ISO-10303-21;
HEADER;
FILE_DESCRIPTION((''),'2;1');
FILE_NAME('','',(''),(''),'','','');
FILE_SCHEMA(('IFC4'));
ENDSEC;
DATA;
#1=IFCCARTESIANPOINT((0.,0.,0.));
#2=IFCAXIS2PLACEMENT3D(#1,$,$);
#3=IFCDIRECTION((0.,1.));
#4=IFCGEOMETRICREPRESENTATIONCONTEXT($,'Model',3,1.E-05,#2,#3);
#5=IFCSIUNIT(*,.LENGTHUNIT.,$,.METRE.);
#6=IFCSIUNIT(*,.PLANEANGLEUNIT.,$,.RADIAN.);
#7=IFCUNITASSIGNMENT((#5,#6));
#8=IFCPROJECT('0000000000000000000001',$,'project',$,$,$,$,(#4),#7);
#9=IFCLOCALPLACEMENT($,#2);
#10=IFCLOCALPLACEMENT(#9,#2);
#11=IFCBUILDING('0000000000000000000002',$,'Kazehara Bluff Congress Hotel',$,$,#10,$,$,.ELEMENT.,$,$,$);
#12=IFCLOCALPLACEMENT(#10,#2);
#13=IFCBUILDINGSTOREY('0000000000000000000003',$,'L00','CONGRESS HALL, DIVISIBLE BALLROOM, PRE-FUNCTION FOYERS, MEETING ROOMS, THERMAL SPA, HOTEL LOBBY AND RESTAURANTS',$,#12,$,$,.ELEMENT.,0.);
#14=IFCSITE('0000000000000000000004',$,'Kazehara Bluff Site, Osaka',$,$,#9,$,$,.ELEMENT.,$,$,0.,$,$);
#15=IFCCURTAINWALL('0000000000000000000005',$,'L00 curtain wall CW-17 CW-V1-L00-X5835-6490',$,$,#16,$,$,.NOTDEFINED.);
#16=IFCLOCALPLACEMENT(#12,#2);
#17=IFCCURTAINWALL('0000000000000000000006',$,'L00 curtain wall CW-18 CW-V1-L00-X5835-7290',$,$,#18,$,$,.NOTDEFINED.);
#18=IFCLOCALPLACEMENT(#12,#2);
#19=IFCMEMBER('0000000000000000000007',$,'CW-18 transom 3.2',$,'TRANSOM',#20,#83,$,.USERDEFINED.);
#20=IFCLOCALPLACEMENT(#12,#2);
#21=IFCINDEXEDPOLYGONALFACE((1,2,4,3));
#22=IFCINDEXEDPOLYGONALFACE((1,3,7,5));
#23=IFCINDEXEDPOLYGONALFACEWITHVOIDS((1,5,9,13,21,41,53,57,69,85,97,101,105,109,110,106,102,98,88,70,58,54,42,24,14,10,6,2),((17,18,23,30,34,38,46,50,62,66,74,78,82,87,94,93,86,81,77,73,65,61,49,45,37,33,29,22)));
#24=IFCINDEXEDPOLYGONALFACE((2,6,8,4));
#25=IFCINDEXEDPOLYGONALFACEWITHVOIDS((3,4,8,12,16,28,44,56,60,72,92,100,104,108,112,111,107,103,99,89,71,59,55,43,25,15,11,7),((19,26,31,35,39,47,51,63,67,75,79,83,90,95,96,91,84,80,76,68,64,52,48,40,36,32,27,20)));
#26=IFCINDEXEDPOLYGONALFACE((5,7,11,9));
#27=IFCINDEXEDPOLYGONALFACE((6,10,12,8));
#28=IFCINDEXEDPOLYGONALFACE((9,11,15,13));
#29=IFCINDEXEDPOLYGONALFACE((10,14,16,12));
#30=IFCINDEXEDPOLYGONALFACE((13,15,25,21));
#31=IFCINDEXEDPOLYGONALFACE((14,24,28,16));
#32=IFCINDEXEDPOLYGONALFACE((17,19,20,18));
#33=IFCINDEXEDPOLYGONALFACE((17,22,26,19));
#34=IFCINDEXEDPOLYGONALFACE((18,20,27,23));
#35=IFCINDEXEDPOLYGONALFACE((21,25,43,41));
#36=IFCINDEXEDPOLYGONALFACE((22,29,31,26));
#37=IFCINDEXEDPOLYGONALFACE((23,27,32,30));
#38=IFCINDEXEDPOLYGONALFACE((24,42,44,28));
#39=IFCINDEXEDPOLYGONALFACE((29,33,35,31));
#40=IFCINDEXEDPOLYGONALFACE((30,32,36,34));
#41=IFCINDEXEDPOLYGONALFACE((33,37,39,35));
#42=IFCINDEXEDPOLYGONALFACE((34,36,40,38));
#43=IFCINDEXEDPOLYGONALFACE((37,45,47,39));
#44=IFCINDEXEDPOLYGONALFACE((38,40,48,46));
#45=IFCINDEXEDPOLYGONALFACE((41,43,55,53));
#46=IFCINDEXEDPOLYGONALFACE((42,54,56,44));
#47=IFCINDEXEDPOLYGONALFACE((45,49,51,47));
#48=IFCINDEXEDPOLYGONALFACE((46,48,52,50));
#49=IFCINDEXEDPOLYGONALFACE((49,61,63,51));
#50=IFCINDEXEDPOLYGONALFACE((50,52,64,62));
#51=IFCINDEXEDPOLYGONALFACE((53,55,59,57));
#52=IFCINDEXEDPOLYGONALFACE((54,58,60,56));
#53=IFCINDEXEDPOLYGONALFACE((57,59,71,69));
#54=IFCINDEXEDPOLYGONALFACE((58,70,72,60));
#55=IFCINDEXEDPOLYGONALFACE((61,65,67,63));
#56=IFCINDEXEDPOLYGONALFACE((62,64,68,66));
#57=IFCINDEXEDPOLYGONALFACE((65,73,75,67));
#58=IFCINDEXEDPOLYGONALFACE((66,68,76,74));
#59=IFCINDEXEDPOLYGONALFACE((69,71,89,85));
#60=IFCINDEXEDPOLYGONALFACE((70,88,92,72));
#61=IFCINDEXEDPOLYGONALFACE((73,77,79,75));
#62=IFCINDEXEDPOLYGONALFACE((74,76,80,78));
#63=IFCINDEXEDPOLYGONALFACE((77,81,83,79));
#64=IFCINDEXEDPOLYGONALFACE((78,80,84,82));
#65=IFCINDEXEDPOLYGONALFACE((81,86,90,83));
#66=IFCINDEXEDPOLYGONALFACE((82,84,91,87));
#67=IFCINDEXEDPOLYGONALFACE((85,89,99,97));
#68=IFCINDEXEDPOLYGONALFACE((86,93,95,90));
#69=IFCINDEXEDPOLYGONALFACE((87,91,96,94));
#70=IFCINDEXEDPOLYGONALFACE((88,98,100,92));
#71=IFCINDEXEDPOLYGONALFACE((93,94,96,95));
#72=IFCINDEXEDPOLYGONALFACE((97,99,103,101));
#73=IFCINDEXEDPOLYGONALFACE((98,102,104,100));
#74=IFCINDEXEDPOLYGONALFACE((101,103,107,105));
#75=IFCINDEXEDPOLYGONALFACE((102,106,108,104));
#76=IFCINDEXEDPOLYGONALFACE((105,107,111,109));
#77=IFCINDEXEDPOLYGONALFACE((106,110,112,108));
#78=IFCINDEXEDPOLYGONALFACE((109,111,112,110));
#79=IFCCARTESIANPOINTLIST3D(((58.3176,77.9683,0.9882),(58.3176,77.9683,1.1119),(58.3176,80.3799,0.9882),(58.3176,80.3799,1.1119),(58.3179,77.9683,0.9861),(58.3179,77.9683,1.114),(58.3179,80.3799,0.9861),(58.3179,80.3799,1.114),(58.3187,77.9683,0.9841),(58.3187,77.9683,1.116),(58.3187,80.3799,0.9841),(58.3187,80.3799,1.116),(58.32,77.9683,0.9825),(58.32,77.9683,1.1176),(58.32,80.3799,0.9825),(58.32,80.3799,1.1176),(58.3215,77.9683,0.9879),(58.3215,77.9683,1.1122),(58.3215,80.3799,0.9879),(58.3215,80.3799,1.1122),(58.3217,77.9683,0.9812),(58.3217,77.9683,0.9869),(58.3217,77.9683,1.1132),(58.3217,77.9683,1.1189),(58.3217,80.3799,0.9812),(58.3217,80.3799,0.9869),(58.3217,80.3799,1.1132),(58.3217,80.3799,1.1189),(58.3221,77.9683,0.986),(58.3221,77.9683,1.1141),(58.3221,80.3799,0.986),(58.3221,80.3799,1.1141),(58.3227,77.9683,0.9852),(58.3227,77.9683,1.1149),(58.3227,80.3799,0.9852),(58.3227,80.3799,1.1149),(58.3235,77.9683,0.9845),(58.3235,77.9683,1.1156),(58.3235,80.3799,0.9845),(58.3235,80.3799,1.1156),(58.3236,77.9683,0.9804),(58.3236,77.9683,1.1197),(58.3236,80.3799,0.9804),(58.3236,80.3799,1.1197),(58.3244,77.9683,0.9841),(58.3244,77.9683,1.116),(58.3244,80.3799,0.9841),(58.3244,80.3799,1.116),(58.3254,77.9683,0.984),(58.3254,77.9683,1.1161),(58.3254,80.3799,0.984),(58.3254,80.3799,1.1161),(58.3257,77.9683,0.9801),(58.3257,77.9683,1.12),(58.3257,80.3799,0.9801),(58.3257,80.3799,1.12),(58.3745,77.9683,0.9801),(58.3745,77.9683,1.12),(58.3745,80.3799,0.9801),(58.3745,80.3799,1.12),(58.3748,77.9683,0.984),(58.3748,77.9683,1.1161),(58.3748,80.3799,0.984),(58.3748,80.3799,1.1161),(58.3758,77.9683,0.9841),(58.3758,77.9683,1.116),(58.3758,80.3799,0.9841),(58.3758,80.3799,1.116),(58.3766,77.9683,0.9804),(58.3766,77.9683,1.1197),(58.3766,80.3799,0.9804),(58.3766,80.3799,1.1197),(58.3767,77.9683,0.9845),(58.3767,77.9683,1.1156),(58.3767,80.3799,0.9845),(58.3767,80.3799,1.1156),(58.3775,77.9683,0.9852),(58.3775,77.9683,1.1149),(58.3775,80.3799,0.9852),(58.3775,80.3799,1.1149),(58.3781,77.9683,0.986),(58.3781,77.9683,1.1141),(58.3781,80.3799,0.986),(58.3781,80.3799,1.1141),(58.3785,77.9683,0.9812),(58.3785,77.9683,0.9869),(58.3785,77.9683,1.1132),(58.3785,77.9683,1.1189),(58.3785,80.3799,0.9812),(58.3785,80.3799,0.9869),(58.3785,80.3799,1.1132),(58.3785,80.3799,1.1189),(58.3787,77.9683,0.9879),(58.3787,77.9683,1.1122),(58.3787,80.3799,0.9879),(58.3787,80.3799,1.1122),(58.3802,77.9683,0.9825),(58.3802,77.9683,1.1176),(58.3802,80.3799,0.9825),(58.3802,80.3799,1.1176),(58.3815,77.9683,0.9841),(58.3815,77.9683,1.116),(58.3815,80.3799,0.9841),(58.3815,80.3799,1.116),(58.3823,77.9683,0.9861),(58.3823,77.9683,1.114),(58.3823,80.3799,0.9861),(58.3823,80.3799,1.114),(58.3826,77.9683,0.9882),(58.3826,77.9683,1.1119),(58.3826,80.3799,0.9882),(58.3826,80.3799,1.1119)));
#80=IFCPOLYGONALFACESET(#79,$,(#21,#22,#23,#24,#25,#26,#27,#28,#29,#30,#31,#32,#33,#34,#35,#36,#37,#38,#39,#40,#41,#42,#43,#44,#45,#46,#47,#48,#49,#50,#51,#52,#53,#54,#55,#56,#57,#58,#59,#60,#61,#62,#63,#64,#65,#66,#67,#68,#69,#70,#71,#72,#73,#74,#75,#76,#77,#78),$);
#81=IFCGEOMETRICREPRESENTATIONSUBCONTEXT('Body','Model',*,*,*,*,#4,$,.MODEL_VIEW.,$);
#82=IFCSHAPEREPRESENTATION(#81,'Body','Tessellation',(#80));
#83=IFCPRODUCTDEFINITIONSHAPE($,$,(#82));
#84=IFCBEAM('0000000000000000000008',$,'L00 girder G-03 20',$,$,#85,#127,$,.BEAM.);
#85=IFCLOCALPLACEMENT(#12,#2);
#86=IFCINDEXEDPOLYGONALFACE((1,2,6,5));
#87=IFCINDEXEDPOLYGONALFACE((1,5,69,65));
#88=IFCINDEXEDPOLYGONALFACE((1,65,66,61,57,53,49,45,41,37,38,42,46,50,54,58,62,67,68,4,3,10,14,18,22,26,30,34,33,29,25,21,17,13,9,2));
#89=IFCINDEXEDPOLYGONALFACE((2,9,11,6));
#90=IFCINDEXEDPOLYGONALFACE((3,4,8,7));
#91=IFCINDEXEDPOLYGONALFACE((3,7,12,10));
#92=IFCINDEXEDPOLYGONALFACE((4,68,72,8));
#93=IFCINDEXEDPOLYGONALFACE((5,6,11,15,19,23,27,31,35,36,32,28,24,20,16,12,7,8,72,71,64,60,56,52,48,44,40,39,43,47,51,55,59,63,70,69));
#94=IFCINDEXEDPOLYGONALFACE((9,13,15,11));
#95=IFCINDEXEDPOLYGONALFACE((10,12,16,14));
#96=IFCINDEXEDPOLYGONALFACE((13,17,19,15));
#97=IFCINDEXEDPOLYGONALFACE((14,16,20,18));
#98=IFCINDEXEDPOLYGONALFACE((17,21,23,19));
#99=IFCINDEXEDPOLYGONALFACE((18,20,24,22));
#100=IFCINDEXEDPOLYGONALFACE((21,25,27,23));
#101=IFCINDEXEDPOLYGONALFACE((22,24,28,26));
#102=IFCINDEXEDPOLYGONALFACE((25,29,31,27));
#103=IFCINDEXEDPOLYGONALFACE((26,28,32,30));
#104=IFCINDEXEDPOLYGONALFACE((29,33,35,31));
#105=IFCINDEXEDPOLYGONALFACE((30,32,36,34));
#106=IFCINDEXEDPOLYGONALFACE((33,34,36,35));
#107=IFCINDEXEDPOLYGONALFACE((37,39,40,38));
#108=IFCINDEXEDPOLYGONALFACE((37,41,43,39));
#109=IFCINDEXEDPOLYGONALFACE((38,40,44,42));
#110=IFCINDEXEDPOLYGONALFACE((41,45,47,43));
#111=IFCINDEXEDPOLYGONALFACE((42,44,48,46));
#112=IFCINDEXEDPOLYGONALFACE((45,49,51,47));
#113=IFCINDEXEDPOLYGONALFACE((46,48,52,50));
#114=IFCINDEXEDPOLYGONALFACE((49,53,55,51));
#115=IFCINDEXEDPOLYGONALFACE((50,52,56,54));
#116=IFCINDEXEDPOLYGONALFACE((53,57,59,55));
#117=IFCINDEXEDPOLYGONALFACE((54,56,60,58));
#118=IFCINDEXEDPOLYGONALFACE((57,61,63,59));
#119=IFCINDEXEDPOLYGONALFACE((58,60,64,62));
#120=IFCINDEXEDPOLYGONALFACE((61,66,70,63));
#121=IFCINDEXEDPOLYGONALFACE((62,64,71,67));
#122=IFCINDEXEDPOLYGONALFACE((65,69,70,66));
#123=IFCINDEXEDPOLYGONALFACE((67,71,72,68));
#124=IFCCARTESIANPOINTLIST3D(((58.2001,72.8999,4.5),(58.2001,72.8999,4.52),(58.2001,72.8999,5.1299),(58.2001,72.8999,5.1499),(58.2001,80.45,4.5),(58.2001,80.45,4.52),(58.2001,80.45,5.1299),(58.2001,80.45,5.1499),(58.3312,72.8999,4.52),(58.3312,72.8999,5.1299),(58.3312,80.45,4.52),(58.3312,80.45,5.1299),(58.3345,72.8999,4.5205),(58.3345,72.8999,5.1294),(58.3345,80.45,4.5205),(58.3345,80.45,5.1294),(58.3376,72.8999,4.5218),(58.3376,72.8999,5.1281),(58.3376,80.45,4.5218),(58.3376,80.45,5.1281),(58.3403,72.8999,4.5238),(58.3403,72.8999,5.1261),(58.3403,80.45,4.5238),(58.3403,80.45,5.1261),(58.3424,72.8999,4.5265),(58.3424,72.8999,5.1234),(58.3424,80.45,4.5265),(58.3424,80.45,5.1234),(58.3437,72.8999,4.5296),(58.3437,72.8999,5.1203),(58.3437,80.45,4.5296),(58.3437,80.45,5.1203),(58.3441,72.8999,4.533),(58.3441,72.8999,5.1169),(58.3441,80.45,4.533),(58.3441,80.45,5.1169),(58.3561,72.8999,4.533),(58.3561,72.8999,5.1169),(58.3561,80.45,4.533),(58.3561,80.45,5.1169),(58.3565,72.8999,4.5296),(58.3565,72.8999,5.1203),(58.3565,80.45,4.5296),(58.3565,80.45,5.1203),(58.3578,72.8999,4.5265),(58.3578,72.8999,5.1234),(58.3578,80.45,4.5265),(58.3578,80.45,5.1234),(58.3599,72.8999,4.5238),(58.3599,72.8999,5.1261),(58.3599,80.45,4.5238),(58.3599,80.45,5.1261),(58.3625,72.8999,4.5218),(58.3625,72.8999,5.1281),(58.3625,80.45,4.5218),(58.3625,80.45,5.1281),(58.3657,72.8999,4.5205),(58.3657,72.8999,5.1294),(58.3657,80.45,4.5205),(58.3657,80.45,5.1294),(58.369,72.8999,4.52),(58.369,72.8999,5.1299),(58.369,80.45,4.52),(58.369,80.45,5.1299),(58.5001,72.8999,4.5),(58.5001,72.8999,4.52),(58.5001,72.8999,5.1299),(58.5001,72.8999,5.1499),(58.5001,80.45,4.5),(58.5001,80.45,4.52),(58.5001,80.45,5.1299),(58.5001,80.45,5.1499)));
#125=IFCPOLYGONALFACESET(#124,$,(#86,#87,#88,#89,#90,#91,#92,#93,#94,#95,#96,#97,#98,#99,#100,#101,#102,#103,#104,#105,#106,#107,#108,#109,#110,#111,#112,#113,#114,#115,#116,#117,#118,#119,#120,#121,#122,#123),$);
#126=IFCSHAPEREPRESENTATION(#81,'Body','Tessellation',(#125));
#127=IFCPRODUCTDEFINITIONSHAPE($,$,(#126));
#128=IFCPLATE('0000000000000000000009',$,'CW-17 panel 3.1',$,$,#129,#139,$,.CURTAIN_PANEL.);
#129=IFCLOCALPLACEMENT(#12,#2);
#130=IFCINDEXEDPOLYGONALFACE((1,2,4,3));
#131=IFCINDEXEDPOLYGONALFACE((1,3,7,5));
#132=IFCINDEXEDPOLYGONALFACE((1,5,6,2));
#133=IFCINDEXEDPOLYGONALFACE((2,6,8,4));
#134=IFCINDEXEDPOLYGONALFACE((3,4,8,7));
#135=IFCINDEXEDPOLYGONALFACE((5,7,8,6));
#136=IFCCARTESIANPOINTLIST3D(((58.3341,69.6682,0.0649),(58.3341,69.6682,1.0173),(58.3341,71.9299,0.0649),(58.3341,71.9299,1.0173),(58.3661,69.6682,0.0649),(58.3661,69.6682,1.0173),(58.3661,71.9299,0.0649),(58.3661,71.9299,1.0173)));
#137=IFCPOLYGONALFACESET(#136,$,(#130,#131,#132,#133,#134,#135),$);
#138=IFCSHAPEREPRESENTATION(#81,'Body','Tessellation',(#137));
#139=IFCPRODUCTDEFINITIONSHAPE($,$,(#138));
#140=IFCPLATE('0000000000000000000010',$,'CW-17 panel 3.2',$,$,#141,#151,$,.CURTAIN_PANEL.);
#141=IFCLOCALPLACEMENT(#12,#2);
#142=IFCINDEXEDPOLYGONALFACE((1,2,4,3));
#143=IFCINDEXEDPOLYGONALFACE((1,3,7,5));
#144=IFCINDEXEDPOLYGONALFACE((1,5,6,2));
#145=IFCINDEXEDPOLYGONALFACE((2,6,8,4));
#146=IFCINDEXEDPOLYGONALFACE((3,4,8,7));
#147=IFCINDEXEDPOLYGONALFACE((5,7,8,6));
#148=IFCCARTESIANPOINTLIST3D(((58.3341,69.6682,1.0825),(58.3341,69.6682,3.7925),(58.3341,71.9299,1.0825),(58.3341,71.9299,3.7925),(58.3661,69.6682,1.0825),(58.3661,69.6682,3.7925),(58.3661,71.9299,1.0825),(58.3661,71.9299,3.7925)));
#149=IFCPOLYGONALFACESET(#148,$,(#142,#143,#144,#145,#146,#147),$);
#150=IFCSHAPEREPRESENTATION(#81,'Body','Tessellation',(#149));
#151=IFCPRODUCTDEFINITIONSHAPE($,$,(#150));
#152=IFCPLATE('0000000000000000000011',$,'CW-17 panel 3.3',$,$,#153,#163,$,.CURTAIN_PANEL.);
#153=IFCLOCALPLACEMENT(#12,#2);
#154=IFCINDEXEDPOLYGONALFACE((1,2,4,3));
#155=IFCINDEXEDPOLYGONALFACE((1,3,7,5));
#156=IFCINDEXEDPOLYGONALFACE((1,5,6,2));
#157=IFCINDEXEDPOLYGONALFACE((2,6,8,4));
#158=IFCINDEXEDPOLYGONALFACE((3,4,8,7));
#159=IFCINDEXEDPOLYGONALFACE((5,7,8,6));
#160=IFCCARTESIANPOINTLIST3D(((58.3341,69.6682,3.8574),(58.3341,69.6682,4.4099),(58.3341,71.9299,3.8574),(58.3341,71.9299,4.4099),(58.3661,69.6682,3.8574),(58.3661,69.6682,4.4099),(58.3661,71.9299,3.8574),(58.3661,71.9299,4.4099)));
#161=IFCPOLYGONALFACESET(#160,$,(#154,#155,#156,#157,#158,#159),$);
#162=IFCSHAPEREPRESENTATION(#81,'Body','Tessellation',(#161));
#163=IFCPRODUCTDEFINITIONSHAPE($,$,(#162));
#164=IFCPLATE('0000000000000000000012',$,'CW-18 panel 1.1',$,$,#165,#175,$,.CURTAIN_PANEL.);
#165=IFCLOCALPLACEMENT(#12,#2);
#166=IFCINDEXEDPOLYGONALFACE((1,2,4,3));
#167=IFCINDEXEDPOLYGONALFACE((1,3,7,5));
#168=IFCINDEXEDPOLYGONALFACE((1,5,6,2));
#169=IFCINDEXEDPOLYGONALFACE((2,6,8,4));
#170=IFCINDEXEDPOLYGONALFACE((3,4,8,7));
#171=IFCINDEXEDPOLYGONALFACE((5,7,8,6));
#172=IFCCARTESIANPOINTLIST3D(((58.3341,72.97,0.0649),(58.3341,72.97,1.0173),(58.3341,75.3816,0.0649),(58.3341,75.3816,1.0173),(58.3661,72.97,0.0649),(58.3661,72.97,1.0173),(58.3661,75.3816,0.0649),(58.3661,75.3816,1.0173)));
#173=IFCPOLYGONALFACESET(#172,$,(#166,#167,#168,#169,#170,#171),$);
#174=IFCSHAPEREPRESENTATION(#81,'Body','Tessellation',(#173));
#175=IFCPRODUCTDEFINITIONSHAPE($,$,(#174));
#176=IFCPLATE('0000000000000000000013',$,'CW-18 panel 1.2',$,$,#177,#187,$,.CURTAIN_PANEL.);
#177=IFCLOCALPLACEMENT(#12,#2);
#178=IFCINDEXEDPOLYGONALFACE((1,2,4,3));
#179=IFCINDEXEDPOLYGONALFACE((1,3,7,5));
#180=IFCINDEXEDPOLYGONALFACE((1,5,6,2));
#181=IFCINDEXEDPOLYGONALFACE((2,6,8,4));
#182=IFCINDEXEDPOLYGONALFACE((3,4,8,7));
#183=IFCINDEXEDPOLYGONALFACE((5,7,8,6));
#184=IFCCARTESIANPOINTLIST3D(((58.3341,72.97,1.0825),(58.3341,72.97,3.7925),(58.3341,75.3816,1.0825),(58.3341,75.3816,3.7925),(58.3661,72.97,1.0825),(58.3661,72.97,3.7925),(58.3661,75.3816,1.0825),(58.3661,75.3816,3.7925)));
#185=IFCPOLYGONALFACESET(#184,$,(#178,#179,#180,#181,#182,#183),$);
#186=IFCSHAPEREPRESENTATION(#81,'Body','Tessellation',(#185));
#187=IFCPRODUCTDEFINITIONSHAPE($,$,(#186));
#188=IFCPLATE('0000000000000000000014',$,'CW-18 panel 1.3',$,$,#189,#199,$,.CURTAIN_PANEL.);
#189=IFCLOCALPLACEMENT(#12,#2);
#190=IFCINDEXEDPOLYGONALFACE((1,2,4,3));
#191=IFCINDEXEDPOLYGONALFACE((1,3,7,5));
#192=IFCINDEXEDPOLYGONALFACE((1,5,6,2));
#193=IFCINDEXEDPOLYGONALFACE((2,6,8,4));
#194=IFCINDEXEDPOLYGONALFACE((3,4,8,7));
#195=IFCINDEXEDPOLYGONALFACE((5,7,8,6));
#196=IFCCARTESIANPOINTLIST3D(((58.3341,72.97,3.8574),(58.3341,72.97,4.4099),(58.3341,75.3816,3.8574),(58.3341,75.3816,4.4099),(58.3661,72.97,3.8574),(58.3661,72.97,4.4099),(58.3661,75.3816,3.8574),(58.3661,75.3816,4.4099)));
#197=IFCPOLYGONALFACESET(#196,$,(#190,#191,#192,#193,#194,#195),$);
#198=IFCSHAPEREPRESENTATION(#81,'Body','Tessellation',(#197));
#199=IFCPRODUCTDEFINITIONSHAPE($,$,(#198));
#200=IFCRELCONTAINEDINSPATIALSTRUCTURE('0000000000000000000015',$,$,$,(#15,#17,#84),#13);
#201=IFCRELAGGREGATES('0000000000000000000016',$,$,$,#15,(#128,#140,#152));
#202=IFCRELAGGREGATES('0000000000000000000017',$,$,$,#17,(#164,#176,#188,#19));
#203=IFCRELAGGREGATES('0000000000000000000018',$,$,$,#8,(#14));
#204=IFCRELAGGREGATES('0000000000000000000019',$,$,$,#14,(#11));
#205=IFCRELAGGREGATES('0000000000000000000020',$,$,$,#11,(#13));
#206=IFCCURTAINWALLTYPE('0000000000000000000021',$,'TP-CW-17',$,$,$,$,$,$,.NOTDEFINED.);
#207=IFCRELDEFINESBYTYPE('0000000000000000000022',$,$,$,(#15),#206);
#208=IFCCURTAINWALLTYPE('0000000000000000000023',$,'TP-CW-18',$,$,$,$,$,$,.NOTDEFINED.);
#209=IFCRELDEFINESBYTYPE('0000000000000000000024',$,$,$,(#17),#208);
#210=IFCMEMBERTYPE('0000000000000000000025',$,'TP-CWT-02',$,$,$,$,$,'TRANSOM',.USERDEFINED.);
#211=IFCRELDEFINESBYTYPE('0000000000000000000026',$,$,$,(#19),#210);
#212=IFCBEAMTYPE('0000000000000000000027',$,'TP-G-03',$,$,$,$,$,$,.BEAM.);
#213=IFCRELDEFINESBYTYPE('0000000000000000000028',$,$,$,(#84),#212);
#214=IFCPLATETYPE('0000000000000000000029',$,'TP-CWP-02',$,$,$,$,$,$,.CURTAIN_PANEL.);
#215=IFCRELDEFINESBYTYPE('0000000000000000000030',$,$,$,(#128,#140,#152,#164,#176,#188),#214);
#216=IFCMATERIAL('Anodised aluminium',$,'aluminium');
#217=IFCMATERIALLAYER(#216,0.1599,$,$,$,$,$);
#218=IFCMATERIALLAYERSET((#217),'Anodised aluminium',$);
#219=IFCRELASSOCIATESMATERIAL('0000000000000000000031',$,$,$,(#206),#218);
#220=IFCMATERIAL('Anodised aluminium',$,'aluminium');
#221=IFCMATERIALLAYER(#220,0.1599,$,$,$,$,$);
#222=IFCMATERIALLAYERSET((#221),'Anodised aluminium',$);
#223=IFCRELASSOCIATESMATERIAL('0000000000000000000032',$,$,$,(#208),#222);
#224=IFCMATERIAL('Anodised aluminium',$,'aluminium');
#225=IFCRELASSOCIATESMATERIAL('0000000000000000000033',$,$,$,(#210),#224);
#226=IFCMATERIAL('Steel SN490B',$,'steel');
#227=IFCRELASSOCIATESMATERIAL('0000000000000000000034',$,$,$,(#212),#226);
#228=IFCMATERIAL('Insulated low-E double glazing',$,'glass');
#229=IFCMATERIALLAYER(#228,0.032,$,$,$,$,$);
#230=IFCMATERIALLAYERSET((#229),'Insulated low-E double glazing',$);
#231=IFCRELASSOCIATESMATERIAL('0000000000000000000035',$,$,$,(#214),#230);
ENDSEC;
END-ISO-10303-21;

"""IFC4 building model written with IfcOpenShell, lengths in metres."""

from ifc_helpers import new_model, si_unit, direction, frame, origin, origin_2d, place, context, subcontext, project, spatial, rectangle, hollow_rectangle, i_section, extrude, material, layer, layer_set, material_profile, profile_set, type_object, element, aggregate, save


model = new_model("IFC4")

# Units and contexts
model_context = context("Model", 3, precision=1e-05, world=origin(), true_north=direction((0.0, 1.0)))
body_context = subcontext(model_context, "Body", "Model", "MODEL_VIEW")
ifc_project = project(units=[si_unit("LENGTHUNIT", "METRE"), si_unit("PLANEANGLEUNIT", "RADIAN")], contexts=[model_context])

# Site, building, storey
site_placement = place(None, origin())
site = spatial("IfcSite", under=ifc_project, at=site_placement, Name="Kazehara Bluff Site, Osaka", CompositionType="ELEMENT", RefElevation=0.0)
building_placement = place(site_placement, origin())
building = spatial("IfcBuilding", under=site, at=building_placement, Name="Kazehara Bluff Congress Hotel", CompositionType="ELEMENT")
storey_placement = place(building_placement, origin())
storey = spatial("IfcBuildingStorey", under=building, at=storey_placement, Name="L00", Description="CONGRESS HALL, DIVISIBLE BALLROOM, PRE-FUNCTION FOYERS, MEETING ROOMS, THERMAL SPA, HOTEL LOBBY AND RESTAURANTS", CompositionType="ELEMENT", Elevation=0.0)

# Curtain wall
ifc_material_1 = material(Name="Anodised aluminium", Category="aluminium")
ifc_layer_1 = layer(ifc_material_1, 0.1599)
ifc_layer_set_1 = layer_set([ifc_layer_1], Name="Anodised aluminium")
curtain_wall_type_1 = type_object("IfcCurtainWallType", Name="TP-CW-17", PredefinedType="NOTDEFINED", material=ifc_layer_set_1)
curtain_wall_1_placement = place(storey_placement, origin())
curtain_wall_1 = element("IfcCurtainWall", 1, at=curtain_wall_1_placement, inside=storey, type_object=curtain_wall_type_1, Name="L00 curtain wall CW-17 CW-V1-L00-X5835-6490", PredefinedType="NOTDEFINED")

# Curtain wall
ifc_material_2 = material(Name="Anodised aluminium", Category="aluminium")
ifc_layer_2 = layer(ifc_material_2, 0.1599)
ifc_layer_set_2 = layer_set([ifc_layer_2], Name="Anodised aluminium")
curtain_wall_type_2 = type_object("IfcCurtainWallType", Name="TP-CW-18", PredefinedType="NOTDEFINED", material=ifc_layer_set_2)
curtain_wall_2_placement = place(storey_placement, origin())
curtain_wall_2 = element("IfcCurtainWall", 2, at=curtain_wall_2_placement, inside=storey, type_object=curtain_wall_type_2, Name="L00 curtain wall CW-18 CW-V1-L00-X5835-7290", PredefinedType="NOTDEFINED")

# Member
ifc_material_3 = material(Name="Anodised aluminium", Category="aluminium")
ifc_material_profile_1 = material_profile(ifc_material_3, hollow_rectangle(XDim=0.0649, YDim=0.1399, WallThickness=0.0039, InnerFilletRadius=0.0039, OuterFilletRadius=0.0081, at=origin_2d()))
ifc_profile_set_1 = profile_set([ifc_material_profile_1], Name="Anodised aluminium")
member_type_1 = type_object("IfcMemberType", Name="TP-CWT-02", ElementType="TRANSOM", PredefinedType="USERDEFINED", material=ifc_profile_set_1)
member_1_placement = place(storey_placement, frame((58.3501, 77.9683, 1.05), z_axis=(0.0, 1.0, 0.0), x_axis=(-1.0, 0.0, 0.0)))
member_1 = element("IfcMember", 3, at=member_1_placement, type_object=member_type_1, Name="CW-18 transom 3.2", ObjectType="TRANSOM", PredefinedType="USERDEFINED", context=body_context, shape_type="SweptSolid", body=[
    extrude(hollow_rectangle(XDim=0.0649, YDim=0.1399, WallThickness=0.0039, InnerFilletRadius=0.0039, OuterFilletRadius=0.0081, at=origin_2d()), origin(), (0.0, 0.0, 1.0), 2.4116),
])

# Beam
ifc_material_4 = material(Name="Steel SN490B", Category="steel")
ifc_material_profile_2 = material_profile(ifc_material_4, i_section(OverallWidth=0.3, OverallDepth=0.6499, WebThickness=0.012, FlangeThickness=0.02, FilletRadius=0.0129, at=origin_2d()))
ifc_profile_set_2 = profile_set([ifc_material_profile_2], Name="Steel SN490B")
beam_type = type_object("IfcBeamType", Name="TP-G-03", PredefinedType="BEAM", material=ifc_profile_set_2)
beam_placement = place(storey_placement, frame((58.3501, 72.8999, 4.825), z_axis=(0.0, 1.0, 0.0), x_axis=(-1.0, 0.0, 0.0)))
element("IfcBeam", 4, at=beam_placement, inside=storey, type_object=beam_type, Name="L00 girder G-03 20", PredefinedType="BEAM", context=body_context, shape_type="SweptSolid", body=[
    extrude(i_section(OverallWidth=0.3, OverallDepth=0.6499, WebThickness=0.012, FlangeThickness=0.02, FilletRadius=0.0129, at=origin_2d()), origin(), (0.0, 0.0, 1.0), 7.55),
])

# Plates
ifc_material_5 = material(Name="Insulated low-E double glazing", Category="glass")
ifc_layer_3 = layer(ifc_material_5, 0.032)
ifc_layer_set_3 = layer_set([ifc_layer_3], Name="Insulated low-E double glazing")
plate_type = type_object("IfcPlateType", Name="TP-CWP-02", PredefinedType="CURTAIN_PANEL", material=ifc_layer_set_3)
plate_1_placement = place(storey_placement, frame((58.3501, 70.7991, 0.0649), z_axis=(0.0, 0.0, 1.0), x_axis=(0.0, 1.0, 0.0)))
plate_1 = element("IfcPlate", 5, at=plate_1_placement, type_object=plate_type, Name="CW-17 panel 3.1", PredefinedType="CURTAIN_PANEL", context=body_context, shape_type="SweptSolid", body=[
    extrude(rectangle(XDim=2.2617, YDim=0.032, at=origin_2d()), origin(), (0.0, 0.0, 1.0), 0.9524),
])
plate_2_placement = place(storey_placement, frame((58.3501, 70.7991, 1.0825), z_axis=(0.0, 0.0, 1.0), x_axis=(0.0, 1.0, 0.0)))
plate_2 = element("IfcPlate", 6, at=plate_2_placement, type_object=plate_type, Name="CW-17 panel 3.2", PredefinedType="CURTAIN_PANEL", context=body_context, shape_type="SweptSolid", body=[
    extrude(rectangle(XDim=2.2617, YDim=0.032, at=origin_2d()), origin(), (0.0, 0.0, 1.0), 2.71),
])
plate_3_placement = place(storey_placement, frame((58.3501, 70.7991, 3.8574), z_axis=(0.0, 0.0, 1.0), x_axis=(0.0, 1.0, 0.0)))
plate_3 = element("IfcPlate", 7, at=plate_3_placement, type_object=plate_type, Name="CW-17 panel 3.3", PredefinedType="CURTAIN_PANEL", context=body_context, shape_type="SweptSolid", body=[
    extrude(rectangle(XDim=2.2617, YDim=0.032, at=origin_2d()), origin(), (0.0, 0.0, 1.0), 0.5525),
])
aggregate(curtain_wall_1, [plate_1, plate_2, plate_3])
plate_4_placement = place(storey_placement, frame((58.3501, 74.1758, 0.0649), z_axis=(0.0, 0.0, 1.0), x_axis=(0.0, 1.0, 0.0)))
plate_4 = element("IfcPlate", 8, at=plate_4_placement, type_object=plate_type, Name="CW-18 panel 1.1", PredefinedType="CURTAIN_PANEL", context=body_context, shape_type="SweptSolid", body=[
    extrude(rectangle(XDim=2.4116, YDim=0.032, at=origin_2d()), origin(), (0.0, 0.0, 1.0), 0.9524),
])
plate_5_placement = place(storey_placement, frame((58.3501, 74.1758, 1.0825), z_axis=(0.0, 0.0, 1.0), x_axis=(0.0, 1.0, 0.0)))
plate_5 = element("IfcPlate", 9, at=plate_5_placement, type_object=plate_type, Name="CW-18 panel 1.2", PredefinedType="CURTAIN_PANEL", context=body_context, shape_type="SweptSolid", body=[
    extrude(rectangle(XDim=2.4116, YDim=0.032, at=origin_2d()), origin(), (0.0, 0.0, 1.0), 2.71),
])
plate_6_placement = place(storey_placement, frame((58.3501, 74.1758, 3.8574), z_axis=(0.0, 0.0, 1.0), x_axis=(0.0, 1.0, 0.0)))
plate_6 = element("IfcPlate", 10, at=plate_6_placement, type_object=plate_type, Name="CW-18 panel 1.3", PredefinedType="CURTAIN_PANEL", context=body_context, shape_type="SweptSolid", body=[
    extrude(rectangle(XDim=2.4116, YDim=0.032, at=origin_2d()), origin(), (0.0, 0.0, 1.0), 0.5525),
])
aggregate(curtain_wall_2, [plate_4, plate_5, plate_6, member_1])

save(model, "model.ifc")
